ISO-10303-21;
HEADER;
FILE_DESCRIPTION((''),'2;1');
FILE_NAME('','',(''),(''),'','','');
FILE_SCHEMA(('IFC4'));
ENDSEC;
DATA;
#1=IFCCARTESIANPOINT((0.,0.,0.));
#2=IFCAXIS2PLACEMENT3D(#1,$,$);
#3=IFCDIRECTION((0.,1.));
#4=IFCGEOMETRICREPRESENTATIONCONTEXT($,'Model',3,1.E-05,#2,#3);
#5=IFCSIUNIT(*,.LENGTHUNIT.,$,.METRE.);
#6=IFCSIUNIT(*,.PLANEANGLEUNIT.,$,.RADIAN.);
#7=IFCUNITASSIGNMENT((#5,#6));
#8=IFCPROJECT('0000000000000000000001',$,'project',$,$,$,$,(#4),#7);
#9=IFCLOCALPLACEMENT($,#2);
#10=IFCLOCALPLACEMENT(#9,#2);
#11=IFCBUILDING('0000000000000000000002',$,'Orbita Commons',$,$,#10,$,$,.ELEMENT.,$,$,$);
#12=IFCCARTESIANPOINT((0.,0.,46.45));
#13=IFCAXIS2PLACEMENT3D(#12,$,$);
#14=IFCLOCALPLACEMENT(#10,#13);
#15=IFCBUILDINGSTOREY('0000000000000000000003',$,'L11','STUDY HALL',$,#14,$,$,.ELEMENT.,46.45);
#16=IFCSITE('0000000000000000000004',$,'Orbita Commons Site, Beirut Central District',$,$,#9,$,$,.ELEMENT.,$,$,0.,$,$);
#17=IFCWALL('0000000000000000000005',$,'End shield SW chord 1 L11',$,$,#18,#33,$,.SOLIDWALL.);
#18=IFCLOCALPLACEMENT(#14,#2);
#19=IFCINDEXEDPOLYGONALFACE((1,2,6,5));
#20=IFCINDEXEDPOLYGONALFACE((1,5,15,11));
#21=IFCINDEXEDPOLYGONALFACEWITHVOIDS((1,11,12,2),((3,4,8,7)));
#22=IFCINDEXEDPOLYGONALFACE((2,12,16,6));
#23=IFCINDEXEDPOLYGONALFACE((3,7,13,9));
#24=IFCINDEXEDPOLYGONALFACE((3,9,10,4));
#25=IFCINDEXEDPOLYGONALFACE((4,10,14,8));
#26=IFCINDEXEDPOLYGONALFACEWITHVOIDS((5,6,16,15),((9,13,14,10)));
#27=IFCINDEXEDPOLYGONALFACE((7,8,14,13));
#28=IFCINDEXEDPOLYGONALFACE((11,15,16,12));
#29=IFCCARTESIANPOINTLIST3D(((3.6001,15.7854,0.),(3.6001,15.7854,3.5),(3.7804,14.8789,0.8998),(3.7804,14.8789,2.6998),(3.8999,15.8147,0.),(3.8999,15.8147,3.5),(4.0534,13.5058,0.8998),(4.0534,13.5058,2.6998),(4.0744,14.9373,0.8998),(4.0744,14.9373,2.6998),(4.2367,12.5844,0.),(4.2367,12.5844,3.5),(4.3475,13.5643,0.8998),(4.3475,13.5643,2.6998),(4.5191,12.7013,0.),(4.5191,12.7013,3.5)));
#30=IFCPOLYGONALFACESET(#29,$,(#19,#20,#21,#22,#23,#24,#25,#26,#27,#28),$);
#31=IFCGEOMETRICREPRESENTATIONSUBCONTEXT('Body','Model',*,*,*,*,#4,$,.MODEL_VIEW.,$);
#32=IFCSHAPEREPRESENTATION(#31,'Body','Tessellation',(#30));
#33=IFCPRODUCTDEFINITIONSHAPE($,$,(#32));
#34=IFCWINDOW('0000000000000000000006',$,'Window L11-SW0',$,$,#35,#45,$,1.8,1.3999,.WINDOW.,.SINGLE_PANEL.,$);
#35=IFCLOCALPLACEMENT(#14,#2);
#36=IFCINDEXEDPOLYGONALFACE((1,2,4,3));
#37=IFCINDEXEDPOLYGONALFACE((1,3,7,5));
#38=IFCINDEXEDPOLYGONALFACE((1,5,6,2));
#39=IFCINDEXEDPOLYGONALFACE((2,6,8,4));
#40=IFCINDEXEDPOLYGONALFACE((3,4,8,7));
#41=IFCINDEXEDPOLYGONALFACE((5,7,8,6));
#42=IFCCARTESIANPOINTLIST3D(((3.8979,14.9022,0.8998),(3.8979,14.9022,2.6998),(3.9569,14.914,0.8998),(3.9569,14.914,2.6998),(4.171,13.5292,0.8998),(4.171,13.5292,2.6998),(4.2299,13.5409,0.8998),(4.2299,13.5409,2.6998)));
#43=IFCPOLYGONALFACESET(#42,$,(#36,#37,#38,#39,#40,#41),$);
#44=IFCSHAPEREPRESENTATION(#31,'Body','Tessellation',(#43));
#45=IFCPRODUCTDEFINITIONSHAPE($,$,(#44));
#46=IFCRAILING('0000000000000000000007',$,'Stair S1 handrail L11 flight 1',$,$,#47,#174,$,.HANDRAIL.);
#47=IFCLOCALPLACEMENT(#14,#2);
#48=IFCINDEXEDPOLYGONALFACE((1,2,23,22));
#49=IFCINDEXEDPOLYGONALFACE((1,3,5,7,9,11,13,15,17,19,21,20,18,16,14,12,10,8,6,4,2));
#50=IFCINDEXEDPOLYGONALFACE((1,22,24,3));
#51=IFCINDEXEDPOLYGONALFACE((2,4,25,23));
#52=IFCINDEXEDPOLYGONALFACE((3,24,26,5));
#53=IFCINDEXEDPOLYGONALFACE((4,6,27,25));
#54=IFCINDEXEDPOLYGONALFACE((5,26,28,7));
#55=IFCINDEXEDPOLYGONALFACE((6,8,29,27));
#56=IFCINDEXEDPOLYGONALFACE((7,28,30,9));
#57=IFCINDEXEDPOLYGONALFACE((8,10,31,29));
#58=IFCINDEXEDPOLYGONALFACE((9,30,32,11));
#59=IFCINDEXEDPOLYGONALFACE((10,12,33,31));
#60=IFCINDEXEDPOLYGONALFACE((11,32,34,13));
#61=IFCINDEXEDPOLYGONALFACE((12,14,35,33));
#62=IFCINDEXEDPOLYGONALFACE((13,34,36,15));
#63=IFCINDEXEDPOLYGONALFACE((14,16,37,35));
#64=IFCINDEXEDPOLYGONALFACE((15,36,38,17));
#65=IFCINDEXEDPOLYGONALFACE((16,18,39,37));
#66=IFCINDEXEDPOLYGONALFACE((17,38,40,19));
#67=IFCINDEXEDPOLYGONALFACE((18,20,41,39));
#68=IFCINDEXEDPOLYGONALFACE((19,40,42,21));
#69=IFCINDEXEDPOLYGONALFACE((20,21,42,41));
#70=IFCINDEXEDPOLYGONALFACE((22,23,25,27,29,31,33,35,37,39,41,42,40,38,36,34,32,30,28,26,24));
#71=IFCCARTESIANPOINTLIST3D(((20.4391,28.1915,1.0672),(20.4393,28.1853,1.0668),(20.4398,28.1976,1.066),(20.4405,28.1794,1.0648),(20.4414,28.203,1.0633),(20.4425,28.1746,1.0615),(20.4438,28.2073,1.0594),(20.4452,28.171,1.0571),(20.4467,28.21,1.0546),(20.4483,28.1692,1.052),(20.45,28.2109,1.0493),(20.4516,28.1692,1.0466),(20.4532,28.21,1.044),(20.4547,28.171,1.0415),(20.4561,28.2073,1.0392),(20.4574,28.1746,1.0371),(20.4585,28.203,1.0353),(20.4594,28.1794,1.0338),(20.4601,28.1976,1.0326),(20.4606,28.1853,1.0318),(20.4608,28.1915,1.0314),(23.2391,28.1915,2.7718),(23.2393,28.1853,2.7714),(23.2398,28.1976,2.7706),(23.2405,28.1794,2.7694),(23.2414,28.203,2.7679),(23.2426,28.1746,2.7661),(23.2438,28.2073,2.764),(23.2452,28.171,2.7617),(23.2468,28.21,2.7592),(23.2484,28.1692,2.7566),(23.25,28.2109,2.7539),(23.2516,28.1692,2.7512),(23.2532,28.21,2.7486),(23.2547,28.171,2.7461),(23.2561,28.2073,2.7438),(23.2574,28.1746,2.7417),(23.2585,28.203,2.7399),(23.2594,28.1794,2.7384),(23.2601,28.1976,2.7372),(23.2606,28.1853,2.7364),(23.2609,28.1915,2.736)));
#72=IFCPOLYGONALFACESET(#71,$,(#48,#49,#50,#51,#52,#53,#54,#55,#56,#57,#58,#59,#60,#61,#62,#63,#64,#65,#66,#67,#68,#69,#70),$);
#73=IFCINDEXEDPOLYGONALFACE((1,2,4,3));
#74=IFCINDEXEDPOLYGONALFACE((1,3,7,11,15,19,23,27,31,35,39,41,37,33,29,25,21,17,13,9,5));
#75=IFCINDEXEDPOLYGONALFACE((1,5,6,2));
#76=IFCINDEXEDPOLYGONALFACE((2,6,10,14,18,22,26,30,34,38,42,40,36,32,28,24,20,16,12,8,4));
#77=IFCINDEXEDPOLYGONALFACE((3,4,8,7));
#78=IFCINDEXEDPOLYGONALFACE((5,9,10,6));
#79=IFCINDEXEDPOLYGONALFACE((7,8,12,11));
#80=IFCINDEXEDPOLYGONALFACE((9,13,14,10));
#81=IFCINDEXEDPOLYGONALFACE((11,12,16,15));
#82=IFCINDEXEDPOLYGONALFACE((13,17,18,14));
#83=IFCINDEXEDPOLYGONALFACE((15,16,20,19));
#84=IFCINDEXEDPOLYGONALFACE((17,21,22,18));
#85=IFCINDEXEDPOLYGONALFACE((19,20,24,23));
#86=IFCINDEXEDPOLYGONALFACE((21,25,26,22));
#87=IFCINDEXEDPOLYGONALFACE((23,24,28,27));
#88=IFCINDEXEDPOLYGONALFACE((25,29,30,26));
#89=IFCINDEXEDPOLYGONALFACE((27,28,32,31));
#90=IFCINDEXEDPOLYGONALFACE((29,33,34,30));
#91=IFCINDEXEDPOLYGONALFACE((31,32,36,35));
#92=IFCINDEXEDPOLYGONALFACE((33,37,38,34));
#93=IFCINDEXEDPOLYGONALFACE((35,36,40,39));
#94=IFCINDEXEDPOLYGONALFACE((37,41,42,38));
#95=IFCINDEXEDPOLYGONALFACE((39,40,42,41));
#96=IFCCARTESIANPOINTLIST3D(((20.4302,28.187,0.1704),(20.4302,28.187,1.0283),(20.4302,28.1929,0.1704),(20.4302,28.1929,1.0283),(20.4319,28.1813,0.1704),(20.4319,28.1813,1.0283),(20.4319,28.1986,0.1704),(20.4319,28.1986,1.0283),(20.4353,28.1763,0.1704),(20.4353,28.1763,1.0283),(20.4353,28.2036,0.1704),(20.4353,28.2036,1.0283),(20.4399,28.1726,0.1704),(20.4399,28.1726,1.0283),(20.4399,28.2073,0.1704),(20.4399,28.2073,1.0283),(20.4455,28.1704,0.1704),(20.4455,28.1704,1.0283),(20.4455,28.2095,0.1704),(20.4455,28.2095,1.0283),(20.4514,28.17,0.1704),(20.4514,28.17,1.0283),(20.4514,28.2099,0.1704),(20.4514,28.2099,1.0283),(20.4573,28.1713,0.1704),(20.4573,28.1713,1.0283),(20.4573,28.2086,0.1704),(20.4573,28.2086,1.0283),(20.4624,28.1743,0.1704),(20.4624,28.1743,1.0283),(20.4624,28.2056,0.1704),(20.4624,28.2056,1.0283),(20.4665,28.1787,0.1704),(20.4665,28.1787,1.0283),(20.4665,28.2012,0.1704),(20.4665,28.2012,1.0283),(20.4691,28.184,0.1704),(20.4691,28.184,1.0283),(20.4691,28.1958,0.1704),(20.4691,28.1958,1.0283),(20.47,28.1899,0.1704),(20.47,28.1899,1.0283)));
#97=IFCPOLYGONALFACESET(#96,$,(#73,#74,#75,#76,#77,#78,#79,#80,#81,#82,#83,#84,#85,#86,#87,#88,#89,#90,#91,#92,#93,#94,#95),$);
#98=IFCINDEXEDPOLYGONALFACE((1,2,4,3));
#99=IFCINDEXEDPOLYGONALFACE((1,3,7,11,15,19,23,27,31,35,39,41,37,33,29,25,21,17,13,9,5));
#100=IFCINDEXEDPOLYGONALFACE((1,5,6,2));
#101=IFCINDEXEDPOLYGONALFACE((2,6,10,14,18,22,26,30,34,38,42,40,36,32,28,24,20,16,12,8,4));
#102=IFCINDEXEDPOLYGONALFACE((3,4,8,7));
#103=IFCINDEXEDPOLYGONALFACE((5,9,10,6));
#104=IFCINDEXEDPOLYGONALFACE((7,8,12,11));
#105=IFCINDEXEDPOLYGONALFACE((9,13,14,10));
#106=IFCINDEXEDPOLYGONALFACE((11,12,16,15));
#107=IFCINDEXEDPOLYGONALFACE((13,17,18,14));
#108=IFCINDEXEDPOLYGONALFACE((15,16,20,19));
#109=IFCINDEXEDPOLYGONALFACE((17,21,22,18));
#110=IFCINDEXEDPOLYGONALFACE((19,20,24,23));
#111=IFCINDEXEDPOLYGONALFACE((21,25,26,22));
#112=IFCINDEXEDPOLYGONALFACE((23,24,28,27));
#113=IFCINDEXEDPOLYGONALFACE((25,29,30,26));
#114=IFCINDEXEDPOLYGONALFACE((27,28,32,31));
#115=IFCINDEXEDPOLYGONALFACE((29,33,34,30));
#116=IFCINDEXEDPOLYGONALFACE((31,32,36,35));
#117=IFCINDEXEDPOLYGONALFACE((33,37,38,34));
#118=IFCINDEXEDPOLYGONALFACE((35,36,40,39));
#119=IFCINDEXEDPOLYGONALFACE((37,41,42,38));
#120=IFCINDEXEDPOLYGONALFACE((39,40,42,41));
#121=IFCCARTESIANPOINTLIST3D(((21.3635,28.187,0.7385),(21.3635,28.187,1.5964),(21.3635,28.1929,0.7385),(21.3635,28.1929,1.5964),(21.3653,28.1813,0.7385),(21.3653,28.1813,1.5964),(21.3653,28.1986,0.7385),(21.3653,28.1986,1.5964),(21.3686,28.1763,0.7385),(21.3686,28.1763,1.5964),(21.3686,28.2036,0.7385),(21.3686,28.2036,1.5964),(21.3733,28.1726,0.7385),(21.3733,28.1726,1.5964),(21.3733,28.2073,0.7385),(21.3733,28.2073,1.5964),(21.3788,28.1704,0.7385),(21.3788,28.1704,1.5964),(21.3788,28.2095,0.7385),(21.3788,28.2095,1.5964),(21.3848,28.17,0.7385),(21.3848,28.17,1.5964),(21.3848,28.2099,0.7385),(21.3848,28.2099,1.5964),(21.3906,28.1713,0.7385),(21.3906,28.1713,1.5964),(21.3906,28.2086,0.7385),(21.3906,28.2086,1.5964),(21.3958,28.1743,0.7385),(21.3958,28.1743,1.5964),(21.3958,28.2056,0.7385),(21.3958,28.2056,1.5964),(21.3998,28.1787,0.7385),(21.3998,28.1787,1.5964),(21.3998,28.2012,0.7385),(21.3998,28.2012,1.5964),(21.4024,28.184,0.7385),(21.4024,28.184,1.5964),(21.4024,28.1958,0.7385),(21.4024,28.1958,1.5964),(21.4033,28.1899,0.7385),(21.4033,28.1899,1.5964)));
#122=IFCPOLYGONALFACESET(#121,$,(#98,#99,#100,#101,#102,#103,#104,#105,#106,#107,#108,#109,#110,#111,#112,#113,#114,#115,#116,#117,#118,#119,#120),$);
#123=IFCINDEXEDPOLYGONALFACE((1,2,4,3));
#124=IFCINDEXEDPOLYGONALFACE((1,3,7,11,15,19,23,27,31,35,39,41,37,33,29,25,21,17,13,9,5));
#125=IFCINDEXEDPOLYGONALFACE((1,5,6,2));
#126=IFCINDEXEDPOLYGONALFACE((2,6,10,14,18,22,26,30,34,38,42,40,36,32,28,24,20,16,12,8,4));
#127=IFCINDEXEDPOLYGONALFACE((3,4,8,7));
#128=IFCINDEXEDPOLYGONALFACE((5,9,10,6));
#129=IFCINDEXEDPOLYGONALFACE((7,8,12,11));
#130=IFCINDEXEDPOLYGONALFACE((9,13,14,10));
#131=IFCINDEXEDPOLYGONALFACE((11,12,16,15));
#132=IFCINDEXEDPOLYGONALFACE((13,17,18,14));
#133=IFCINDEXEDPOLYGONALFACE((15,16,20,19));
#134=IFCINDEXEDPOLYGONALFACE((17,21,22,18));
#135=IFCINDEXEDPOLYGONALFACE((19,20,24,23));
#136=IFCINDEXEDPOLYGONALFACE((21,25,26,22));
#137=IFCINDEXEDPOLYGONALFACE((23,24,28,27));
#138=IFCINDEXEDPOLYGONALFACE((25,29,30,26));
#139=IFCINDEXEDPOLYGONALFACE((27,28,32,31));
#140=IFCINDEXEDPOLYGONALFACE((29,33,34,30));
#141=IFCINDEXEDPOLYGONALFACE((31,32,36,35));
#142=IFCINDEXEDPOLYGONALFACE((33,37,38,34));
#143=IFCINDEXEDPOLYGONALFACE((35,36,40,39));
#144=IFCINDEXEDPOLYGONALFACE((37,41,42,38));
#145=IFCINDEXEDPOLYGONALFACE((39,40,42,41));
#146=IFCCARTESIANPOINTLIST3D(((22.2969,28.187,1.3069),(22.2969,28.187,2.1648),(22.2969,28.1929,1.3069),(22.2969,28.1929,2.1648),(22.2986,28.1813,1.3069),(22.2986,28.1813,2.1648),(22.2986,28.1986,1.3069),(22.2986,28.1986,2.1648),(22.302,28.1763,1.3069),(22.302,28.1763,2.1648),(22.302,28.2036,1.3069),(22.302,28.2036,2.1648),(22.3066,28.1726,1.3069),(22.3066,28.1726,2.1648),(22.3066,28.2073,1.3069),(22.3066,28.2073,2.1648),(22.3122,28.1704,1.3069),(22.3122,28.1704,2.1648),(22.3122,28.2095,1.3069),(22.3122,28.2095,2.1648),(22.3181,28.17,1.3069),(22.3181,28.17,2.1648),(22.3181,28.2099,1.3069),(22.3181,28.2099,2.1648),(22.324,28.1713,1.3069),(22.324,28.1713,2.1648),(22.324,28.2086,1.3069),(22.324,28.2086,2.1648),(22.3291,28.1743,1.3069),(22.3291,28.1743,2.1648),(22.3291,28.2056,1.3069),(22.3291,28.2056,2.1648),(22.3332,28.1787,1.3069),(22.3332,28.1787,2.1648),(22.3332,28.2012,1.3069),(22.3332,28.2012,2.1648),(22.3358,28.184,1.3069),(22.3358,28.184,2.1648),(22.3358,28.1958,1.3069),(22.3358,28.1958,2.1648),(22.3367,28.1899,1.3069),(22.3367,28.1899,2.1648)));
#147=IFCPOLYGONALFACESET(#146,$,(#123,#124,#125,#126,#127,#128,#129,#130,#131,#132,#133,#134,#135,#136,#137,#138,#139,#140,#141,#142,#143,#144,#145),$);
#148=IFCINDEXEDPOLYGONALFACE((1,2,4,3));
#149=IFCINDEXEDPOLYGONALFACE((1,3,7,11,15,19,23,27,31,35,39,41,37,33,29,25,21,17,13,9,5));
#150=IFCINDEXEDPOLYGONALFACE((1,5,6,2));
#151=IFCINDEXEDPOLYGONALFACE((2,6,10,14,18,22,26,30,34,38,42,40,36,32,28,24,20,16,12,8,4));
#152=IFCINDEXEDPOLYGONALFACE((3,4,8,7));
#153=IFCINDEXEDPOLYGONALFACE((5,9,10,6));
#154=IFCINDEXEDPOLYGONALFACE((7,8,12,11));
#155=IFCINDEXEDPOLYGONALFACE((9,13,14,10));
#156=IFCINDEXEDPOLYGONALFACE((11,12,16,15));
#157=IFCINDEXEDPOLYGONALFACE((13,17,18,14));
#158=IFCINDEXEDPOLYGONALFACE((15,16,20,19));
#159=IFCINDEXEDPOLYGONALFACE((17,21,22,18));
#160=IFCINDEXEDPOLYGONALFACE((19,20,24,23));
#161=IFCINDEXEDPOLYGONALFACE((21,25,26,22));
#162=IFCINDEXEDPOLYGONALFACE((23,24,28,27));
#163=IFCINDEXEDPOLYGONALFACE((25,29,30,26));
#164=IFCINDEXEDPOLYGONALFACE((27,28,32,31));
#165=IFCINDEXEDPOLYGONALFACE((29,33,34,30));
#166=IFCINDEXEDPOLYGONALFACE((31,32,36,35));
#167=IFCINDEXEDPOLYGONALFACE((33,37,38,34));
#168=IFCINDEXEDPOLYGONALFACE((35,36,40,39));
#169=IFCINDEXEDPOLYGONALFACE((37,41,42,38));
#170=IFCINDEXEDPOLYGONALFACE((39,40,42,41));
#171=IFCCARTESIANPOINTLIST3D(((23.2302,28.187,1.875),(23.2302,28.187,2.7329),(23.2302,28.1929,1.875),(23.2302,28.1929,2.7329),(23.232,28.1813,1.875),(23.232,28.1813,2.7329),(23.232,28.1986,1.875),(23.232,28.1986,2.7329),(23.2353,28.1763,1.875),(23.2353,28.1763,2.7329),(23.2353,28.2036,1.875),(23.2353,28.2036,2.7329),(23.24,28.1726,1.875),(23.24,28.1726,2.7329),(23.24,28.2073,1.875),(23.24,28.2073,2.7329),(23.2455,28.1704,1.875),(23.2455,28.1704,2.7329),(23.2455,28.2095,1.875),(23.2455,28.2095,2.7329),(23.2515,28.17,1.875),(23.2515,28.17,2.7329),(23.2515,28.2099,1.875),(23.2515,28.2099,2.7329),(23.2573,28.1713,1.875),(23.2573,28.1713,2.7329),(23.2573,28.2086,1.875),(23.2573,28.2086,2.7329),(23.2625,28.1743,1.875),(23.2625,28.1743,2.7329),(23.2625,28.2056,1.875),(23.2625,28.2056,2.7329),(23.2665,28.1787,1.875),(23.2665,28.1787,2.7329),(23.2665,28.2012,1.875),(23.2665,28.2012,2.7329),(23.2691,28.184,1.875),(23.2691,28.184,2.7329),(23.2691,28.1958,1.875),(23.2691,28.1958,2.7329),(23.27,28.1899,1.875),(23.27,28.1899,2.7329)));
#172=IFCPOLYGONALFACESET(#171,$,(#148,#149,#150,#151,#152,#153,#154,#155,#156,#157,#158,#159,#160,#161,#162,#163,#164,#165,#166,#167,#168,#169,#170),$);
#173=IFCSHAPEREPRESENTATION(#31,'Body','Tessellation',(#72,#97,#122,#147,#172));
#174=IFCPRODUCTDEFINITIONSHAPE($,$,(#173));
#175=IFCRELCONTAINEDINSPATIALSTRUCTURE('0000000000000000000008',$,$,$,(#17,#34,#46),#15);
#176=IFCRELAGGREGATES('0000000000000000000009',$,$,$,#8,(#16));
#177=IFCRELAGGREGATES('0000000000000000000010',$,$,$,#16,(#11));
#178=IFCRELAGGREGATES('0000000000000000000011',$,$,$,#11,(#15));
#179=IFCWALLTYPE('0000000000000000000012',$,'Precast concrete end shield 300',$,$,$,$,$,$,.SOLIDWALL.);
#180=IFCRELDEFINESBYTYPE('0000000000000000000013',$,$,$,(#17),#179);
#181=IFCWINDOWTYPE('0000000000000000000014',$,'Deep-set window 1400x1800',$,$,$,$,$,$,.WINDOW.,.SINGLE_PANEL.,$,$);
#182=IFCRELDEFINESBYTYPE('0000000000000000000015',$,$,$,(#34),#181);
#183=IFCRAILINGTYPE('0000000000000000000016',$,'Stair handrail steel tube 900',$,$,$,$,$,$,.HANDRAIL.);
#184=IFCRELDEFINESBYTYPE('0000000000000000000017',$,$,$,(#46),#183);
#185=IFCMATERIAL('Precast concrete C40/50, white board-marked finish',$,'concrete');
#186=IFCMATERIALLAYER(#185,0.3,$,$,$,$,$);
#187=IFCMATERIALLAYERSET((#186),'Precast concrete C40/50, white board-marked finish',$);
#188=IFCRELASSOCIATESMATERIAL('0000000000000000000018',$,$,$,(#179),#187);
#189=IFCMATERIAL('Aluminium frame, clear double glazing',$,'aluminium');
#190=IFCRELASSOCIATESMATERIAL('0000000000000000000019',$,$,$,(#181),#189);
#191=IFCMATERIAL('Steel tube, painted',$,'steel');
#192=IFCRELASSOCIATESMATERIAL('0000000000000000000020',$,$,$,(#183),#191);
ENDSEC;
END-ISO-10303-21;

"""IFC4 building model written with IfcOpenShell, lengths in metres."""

from ifc_helpers import new_model, si_unit, direction, frame, frame_2d, origin, origin_2d, place, context, subcontext, project, spatial, polyline, rectangle, circle, outline, extrude, material, layer, layer_set, type_object, element, fill, save


model = new_model("IFC4")

# Units and contexts
model_context = context("Model", 3, precision=1e-05, world=origin(), true_north=direction((0.0, 1.0)))
body_context = subcontext(model_context, "Body", "Model", "MODEL_VIEW")
ifc_project = project(units=[si_unit("LENGTHUNIT", "METRE"), si_unit("PLANEANGLEUNIT", "RADIAN")], contexts=[model_context])

# Site, building, storey
site_placement = place(None, origin())
site = spatial("IfcSite", under=ifc_project, at=site_placement, Name="Orbita Commons Site, Beirut Central District", CompositionType="ELEMENT", RefElevation=0.0)
building_placement = place(site_placement, origin())
building = spatial("IfcBuilding", under=site, at=building_placement, Name="Orbita Commons", CompositionType="ELEMENT")
storey_placement = place(building_placement, frame((0.0, 0.0, 46.45)))
storey = spatial("IfcBuildingStorey", under=building, at=storey_placement, Name="L11", Description="STUDY HALL", CompositionType="ELEMENT", Elevation=46.45)

# Wall, opening, window
ifc_material_1 = material(Name="Precast concrete C40/50, white board-marked finish", Category="concrete")
ifc_layer_1 = layer(ifc_material_1, 0.3)
ifc_layer_set_1 = layer_set([ifc_layer_1], Name="Precast concrete C40/50, white board-marked finish")
wall_type_1 = type_object("IfcWallType", Name="Precast concrete end shield 300", PredefinedType="SOLIDWALL", material=ifc_layer_set_1)
wall_1_placement = place(storey_placement, frame((3.75, 15.8, 0.0), z_axis=(0.0, 0.0, 1.0), x_axis=(0.195066, -0.98079, 0.0)))
wall_1 = element("IfcWall", 1, at=wall_1_placement, inside=storey, type_object=wall_type_1, Name="End shield SW chord 1 L11", PredefinedType="SOLIDWALL", context=body_context, shape_type="SweptSolid", body=[
    extrude(outline(polyline([(-0.0149, -0.1499), (3.2488, -0.1499), (3.1892, 0.1499), (0.0149, 0.1499), (-0.0149, -0.1499)])), origin(), (0.0, 0.0, 1.0), 3.5),
])
opening_1_placement = place(wall_1_placement, frame((0.9094, 0.0, 0.8999)))
opening_1 = element("IfcOpeningElement", 2, at=opening_1_placement, cuts=wall_1, PredefinedType="OPENING", context=body_context, shape_type="SweptSolid", body=[
    extrude(rectangle(XDim=1.3999, YDim=1.8, at=frame_2d((0.7, 0.8999))), frame((0.0, 0.1599, 0.0), z_axis=(0.0, -1.0, 0.0), x_axis=(1.0, 0.0, 0.0)), (0.0, 0.0, 1.0), 0.3201),
])
ifc_material_2 = material(Name="Aluminium frame, clear double glazing", Category="aluminium")
window_type = type_object("IfcWindowType", Name="Deep-set window 1400x1800", PartitioningType="SINGLE_PANEL", PredefinedType="WINDOW", material=ifc_material_2)
window_placement = place(opening_1_placement, origin())
window = element("IfcWindow", 3, at=window_placement, inside=storey, type_object=window_type, Name="Window L11-SW0", OverallHeight=1.8, OverallWidth=1.3999, PartitioningType="SINGLE_PANEL", PredefinedType="WINDOW", context=body_context, shape_type="SweptSolid", body=[
    extrude(rectangle(XDim=1.3999, YDim=1.8, at=frame_2d((0.7, 0.8999))), frame((0.0, 0.03, 0.0), z_axis=(0.0, -1.0, 0.0), x_axis=(1.0, 0.0, 0.0)), (0.0, 0.0, 1.0), 0.0601),
])
fill(opening_1, window)

# Railing
ifc_material_3 = material(Name="Steel tube, painted", Category="steel")
railing_type = type_object("IfcRailingType", Name="Stair handrail steel tube 900", PredefinedType="HANDRAIL", material=ifc_material_3)
for number, where, name in (
    (4, (20.45, 28.1899, 0.1704), "Stair S1 handrail L11 flight 1"),
):
    element("IfcRailing", number, at=place(storey_placement, frame(where)), inside=storey, type_object=railing_type, Name=name, PredefinedType="HANDRAIL", context=body_context, shape_type="SweptSolid", body=[
        extrude(circle(Radius=0.021, at=origin_2d()), frame((0.0, 0.0, 0.8789), z_axis=(0.85417, 0.0, 0.519994), x_axis=(0.0, 1.0, 0.0)), (0.0, 0.0, 1.0), 3.2781),
        extrude(circle(Radius=0.02, at=origin_2d()), origin(), (0.0, 0.0, 1.0), 0.8579),
        extrude(circle(Radius=0.02, at=origin_2d()), frame((0.9333, 0.0, 0.5681)), (0.0, 0.0, 1.0), 0.8579),
        extrude(circle(Radius=0.02, at=origin_2d()), frame((1.8667, 0.0, 1.1365)), (0.0, 0.0, 1.0), 0.8579),
        extrude(circle(Radius=0.02, at=origin_2d()), frame((2.8, 0.0, 1.7046)), (0.0, 0.0, 1.0), 0.8579),
    ])

save(model, "model.ifc")
